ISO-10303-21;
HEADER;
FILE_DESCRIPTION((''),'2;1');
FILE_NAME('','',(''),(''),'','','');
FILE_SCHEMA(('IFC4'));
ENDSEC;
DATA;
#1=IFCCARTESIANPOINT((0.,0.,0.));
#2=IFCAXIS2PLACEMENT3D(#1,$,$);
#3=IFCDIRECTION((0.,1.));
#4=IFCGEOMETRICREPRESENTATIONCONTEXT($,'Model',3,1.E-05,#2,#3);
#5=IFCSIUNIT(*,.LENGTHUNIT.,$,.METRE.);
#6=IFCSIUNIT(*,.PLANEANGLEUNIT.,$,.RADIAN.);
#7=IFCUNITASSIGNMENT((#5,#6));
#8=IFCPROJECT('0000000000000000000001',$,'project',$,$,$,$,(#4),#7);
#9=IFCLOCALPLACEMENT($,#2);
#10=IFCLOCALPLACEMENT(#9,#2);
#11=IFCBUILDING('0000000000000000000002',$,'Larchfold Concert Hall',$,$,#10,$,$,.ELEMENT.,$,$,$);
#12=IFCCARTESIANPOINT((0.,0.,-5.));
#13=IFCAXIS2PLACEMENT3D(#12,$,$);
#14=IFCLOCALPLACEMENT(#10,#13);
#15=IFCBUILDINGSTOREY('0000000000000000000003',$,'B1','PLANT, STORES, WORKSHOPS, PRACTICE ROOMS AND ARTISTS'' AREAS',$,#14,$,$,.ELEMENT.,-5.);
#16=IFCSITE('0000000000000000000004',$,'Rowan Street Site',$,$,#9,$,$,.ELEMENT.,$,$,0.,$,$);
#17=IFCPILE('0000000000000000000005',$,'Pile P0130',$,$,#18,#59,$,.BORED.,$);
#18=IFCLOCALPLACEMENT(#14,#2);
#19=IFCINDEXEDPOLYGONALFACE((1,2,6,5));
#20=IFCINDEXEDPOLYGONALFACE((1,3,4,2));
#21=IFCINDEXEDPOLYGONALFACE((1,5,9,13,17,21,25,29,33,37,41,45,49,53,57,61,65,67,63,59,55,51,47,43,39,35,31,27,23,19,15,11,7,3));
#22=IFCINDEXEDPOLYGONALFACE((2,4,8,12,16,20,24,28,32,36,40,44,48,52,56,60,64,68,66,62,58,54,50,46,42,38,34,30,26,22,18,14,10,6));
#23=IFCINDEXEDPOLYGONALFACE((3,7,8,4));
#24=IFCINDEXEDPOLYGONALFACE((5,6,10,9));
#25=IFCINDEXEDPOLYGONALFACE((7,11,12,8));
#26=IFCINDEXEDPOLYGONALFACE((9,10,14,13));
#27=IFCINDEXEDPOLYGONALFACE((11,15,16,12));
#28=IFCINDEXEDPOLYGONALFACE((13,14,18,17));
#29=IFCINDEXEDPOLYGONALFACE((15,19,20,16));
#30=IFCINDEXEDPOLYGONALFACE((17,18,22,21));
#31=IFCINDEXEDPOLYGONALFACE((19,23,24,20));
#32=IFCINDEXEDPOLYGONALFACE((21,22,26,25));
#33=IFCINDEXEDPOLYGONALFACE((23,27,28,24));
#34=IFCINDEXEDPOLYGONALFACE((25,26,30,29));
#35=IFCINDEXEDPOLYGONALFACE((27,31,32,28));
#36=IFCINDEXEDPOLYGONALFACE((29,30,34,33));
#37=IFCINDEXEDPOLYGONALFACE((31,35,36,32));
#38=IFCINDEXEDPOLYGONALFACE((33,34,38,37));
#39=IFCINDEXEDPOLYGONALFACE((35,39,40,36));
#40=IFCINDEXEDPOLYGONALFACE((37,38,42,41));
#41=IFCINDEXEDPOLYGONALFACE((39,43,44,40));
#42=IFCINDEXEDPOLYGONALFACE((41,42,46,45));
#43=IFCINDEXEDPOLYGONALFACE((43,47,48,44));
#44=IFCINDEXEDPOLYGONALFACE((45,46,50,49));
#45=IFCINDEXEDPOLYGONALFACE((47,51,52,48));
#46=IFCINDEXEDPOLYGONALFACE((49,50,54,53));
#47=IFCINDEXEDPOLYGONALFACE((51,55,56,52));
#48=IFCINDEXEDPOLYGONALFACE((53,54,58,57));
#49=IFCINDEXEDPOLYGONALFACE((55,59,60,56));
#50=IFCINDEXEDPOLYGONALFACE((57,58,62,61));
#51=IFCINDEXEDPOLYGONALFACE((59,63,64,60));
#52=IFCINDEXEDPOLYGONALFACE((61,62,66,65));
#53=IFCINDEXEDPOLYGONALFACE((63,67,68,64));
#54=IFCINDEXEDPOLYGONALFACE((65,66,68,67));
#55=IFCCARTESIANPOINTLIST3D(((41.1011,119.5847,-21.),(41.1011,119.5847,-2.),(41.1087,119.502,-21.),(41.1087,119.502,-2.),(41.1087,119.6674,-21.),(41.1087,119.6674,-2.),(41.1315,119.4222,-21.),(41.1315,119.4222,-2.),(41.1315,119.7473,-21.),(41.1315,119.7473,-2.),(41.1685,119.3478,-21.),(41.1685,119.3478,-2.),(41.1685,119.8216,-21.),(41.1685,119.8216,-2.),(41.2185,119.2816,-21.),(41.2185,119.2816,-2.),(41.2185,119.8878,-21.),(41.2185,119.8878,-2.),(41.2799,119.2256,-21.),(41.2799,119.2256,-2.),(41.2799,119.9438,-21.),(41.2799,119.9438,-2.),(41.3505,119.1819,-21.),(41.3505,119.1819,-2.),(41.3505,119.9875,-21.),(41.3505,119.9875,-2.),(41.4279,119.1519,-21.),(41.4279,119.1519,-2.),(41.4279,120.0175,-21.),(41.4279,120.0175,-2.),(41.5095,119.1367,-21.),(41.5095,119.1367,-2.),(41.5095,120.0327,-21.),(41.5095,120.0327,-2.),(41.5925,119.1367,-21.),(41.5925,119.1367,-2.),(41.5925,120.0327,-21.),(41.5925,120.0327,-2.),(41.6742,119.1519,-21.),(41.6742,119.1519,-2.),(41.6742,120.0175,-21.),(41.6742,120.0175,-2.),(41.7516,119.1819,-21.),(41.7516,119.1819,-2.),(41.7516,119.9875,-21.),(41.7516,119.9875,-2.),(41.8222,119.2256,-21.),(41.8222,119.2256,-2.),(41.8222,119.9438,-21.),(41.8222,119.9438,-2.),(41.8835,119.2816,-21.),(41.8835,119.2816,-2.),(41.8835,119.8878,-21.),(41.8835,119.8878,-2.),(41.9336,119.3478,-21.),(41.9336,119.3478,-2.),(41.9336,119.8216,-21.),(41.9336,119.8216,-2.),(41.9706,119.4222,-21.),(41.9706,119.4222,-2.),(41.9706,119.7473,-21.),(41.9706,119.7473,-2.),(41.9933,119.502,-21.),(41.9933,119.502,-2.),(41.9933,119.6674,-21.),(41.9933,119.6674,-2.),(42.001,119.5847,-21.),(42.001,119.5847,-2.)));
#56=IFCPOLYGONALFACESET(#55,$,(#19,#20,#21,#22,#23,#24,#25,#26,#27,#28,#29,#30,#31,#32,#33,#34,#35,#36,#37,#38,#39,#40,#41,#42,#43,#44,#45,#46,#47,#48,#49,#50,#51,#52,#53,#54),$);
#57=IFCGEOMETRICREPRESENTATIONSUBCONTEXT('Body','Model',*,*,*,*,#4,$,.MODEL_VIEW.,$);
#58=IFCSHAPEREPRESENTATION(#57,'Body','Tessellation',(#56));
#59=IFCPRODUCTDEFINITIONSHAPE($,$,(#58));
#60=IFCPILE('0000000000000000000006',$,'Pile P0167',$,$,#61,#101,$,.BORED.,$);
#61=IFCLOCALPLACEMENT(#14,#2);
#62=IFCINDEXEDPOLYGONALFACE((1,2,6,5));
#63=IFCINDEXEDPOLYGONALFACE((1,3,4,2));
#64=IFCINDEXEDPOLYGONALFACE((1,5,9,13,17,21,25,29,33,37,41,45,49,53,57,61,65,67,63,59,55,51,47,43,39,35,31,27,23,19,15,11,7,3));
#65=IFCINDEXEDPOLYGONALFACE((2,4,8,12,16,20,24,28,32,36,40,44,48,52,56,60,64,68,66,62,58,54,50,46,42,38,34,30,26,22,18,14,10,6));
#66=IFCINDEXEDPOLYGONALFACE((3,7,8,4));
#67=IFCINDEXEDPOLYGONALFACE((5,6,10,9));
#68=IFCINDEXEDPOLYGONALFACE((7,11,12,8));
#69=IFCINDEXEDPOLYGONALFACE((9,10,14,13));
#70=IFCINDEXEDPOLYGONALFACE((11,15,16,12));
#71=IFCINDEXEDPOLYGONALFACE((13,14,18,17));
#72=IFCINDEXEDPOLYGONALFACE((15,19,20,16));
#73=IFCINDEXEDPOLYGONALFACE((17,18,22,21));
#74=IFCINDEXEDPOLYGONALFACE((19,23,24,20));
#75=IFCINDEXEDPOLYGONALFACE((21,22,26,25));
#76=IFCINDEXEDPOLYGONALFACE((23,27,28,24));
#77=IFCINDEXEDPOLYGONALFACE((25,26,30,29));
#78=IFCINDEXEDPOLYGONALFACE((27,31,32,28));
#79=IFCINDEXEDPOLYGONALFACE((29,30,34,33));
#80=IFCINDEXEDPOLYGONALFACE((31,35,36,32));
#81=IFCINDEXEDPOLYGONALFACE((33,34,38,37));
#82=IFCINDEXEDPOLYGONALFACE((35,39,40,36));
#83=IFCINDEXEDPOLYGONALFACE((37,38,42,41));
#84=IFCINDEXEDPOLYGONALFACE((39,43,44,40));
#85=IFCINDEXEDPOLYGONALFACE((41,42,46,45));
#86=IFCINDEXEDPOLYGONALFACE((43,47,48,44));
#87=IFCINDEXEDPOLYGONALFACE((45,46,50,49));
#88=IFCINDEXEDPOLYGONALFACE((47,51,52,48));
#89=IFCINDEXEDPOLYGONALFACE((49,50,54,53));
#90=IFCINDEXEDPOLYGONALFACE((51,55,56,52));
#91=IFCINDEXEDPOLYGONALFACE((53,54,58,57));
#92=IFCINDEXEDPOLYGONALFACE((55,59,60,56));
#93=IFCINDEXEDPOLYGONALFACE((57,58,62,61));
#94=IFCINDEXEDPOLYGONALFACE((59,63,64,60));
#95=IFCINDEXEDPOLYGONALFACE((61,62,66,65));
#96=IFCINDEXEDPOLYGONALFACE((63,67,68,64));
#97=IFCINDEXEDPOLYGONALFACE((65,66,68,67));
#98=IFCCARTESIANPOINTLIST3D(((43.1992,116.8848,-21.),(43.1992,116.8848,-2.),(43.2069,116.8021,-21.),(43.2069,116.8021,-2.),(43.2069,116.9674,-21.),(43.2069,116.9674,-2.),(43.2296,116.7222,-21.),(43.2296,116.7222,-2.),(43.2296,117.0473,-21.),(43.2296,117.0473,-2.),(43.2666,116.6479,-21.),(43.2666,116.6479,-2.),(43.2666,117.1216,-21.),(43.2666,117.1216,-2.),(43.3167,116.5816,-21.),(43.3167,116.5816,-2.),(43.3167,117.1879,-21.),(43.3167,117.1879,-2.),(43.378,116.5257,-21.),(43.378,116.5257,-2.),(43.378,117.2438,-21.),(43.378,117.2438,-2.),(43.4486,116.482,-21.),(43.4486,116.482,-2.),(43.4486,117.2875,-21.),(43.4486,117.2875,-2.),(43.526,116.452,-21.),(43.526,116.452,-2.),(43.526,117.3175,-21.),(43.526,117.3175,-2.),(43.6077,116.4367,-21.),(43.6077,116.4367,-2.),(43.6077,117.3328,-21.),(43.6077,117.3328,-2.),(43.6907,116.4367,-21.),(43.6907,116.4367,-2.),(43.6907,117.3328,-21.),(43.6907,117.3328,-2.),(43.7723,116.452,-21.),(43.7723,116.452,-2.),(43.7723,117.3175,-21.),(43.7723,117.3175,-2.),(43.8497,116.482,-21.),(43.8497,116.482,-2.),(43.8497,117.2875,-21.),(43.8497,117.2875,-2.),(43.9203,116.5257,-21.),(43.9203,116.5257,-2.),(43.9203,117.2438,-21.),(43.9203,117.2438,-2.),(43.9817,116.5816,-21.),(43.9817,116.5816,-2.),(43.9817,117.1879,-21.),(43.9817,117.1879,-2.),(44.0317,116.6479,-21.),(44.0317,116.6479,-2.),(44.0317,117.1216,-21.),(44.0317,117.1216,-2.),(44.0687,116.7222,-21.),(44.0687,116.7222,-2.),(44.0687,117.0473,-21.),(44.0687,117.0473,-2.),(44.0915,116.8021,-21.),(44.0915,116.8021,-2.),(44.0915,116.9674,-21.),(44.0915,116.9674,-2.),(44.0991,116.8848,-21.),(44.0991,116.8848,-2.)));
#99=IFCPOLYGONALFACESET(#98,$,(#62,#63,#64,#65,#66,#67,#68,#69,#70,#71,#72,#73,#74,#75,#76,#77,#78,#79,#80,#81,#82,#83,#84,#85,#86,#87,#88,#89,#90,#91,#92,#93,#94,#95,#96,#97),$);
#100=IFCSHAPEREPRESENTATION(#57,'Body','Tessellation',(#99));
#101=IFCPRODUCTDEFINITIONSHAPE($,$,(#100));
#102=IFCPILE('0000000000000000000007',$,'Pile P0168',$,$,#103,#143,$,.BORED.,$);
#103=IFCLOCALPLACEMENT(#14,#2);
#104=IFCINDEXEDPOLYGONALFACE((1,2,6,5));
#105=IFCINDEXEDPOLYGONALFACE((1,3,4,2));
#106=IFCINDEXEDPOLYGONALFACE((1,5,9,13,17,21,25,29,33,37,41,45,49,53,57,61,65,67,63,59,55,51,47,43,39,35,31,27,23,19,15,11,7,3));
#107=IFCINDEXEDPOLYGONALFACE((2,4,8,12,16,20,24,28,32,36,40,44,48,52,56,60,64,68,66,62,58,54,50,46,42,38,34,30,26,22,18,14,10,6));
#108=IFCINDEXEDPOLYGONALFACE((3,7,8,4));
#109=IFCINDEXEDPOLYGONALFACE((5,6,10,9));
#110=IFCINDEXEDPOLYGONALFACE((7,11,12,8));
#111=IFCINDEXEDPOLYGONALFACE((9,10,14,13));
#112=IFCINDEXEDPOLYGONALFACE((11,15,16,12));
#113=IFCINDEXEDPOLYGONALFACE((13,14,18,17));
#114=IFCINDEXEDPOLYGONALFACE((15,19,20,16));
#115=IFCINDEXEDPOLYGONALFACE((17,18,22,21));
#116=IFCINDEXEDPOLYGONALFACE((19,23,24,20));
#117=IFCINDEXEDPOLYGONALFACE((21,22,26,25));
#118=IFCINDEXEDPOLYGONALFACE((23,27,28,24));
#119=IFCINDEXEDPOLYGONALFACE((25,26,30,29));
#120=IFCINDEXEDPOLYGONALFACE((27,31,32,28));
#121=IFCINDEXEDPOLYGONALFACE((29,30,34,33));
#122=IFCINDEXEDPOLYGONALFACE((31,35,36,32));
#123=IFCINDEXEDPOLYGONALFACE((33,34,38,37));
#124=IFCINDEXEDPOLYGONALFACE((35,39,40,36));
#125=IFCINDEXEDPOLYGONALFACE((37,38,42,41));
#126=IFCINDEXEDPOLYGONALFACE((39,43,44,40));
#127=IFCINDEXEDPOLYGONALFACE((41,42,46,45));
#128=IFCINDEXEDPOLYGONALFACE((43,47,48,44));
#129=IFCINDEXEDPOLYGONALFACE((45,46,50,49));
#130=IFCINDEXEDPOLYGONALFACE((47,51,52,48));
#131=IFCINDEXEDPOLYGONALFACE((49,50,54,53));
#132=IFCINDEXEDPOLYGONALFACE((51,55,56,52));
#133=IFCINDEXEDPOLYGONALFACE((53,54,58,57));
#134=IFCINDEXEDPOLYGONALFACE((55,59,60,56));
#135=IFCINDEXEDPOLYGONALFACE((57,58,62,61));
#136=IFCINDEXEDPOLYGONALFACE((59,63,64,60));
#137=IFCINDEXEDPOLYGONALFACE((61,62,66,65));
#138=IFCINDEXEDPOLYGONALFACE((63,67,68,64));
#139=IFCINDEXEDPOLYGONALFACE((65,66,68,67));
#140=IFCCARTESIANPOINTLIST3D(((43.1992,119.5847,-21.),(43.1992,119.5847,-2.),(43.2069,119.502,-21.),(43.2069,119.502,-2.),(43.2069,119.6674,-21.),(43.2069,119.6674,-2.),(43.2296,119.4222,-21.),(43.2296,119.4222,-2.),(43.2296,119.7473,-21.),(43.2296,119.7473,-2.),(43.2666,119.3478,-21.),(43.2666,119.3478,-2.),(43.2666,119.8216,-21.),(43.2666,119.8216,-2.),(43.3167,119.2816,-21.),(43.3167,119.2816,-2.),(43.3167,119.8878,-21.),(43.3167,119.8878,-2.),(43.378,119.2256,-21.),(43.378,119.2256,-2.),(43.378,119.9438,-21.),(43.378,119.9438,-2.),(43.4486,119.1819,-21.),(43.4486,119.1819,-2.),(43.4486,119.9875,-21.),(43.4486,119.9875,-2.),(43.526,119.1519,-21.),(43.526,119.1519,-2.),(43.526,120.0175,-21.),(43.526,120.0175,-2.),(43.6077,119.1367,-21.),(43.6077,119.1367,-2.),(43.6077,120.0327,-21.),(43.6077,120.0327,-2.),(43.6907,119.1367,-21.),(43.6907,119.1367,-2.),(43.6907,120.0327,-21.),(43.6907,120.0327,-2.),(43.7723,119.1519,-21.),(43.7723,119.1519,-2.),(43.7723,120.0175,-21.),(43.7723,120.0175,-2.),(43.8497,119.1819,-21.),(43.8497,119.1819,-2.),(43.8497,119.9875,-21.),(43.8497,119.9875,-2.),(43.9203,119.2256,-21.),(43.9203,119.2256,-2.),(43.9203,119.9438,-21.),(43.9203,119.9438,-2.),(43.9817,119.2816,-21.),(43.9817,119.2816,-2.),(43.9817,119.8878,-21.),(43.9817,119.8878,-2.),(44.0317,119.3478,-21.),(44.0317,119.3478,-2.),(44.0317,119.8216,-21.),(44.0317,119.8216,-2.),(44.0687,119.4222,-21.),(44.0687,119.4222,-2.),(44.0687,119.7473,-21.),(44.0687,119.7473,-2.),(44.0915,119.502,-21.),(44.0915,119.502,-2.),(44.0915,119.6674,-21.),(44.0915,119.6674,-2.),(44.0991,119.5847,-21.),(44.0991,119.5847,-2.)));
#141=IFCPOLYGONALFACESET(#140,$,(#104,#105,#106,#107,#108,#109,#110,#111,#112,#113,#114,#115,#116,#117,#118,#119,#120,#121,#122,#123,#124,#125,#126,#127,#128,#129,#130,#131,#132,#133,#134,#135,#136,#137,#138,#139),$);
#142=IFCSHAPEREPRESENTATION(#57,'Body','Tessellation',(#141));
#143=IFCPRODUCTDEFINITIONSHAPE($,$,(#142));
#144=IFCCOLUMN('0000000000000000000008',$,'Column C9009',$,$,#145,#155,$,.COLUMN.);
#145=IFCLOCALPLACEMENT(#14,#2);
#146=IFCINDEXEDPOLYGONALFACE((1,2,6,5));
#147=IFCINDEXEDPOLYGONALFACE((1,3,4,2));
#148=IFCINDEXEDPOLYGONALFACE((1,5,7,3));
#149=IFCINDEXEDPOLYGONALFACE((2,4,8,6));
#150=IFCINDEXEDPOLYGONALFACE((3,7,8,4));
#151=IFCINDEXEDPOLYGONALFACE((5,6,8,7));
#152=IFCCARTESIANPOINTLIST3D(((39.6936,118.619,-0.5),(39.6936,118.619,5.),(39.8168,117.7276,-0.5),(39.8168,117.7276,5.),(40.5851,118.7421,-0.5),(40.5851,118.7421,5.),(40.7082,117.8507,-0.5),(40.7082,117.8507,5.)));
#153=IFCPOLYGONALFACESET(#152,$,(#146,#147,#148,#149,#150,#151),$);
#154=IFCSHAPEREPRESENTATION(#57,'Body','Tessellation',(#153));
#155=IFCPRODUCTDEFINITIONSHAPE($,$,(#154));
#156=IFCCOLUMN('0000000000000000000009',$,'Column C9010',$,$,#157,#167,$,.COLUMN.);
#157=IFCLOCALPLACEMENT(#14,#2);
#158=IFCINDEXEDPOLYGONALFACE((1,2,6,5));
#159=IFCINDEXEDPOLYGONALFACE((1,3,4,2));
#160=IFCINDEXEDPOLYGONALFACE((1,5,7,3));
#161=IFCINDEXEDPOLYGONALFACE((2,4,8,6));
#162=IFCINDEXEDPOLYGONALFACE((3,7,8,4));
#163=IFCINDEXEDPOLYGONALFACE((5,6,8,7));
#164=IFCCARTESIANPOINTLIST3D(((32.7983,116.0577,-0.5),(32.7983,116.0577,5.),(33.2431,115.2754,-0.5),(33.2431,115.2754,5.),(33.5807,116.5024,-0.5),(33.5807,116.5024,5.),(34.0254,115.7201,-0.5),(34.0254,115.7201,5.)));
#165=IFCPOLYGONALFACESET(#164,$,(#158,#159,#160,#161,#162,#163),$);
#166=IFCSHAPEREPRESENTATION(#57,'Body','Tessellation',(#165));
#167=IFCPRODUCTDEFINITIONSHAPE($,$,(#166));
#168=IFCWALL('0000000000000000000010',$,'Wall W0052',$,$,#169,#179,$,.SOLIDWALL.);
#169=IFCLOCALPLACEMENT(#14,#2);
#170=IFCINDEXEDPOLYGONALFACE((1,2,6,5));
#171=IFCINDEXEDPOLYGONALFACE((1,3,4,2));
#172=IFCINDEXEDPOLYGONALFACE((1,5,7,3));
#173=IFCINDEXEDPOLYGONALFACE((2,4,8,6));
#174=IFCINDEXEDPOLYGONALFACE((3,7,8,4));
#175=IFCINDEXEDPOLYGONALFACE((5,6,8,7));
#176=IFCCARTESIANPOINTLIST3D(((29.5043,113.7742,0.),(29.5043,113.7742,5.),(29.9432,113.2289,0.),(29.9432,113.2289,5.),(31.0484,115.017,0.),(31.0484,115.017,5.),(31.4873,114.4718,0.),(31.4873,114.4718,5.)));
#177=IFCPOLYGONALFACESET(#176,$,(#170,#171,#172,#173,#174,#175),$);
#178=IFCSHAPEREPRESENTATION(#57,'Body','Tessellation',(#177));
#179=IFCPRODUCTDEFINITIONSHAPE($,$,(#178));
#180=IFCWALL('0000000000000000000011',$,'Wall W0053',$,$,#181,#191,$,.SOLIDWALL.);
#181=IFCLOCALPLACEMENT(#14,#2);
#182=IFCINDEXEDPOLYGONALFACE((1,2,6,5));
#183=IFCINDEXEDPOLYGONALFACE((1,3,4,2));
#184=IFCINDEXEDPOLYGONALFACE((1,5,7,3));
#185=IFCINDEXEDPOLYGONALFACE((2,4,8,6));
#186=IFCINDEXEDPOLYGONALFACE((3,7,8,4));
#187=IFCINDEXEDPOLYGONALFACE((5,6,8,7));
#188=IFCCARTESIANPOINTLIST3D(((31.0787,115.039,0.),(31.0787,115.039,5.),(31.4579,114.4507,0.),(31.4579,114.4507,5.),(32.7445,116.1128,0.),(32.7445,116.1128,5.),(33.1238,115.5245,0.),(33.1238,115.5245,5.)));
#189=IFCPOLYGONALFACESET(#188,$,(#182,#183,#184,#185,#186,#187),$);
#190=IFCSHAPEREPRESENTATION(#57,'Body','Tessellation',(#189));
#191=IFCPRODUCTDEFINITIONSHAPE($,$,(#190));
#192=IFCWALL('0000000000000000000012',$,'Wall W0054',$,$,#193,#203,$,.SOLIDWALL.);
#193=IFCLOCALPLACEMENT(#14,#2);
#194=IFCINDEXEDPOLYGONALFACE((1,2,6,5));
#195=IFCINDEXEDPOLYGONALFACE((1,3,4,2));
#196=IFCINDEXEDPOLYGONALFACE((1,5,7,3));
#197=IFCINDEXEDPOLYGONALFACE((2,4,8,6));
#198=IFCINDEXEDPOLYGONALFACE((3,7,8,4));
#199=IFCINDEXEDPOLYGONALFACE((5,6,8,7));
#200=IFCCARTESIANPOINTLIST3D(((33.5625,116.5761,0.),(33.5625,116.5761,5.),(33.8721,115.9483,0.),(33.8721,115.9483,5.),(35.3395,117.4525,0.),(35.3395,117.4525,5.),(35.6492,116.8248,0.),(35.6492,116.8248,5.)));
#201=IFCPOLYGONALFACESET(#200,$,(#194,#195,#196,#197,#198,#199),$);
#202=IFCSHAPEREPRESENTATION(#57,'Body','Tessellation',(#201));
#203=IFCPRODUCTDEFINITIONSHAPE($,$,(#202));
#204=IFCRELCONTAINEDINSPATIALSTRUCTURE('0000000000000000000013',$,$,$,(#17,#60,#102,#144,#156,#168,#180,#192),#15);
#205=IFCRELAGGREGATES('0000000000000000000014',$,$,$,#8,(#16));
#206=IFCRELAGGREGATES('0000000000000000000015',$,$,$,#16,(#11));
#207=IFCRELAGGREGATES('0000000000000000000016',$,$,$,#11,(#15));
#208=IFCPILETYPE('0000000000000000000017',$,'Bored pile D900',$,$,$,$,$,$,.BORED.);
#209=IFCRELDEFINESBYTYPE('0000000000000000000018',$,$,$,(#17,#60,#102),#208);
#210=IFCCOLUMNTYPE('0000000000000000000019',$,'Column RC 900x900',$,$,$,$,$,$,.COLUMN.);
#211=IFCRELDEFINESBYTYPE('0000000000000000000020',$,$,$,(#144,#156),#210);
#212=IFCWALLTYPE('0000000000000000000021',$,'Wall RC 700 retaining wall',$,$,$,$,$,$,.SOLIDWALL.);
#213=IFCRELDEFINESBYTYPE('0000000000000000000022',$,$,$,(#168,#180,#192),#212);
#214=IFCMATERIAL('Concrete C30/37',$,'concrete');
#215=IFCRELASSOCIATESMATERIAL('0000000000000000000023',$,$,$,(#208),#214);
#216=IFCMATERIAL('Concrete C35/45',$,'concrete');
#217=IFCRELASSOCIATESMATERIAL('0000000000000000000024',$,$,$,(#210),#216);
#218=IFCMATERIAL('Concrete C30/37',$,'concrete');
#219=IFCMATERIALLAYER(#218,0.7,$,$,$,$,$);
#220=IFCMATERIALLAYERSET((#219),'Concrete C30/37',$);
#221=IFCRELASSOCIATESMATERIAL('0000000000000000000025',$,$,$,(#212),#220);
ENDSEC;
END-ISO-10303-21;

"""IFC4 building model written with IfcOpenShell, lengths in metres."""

from ifc_helpers import new_model, si_unit, direction, frame, frame_2d, origin, origin_2d, place, context, subcontext, project, spatial, rectangle, circle, extrude, material, layer, layer_set, material_profile, profile_set, type_object, element, save


model = new_model("IFC4")

# Units and contexts
model_context = context("Model", 3, precision=1e-05, world=origin(), true_north=direction((0.0, 1.0)))
body_context = subcontext(model_context, "Body", "Model", "MODEL_VIEW")
ifc_project = project(units=[si_unit("LENGTHUNIT", "METRE"), si_unit("PLANEANGLEUNIT", "RADIAN")], contexts=[model_context])

# Site, building, storey
site_placement = place(None, origin())
site = spatial("IfcSite", under=ifc_project, at=site_placement, Name="Rowan Street Site", CompositionType="ELEMENT", RefElevation=0.0)
building_placement = place(site_placement, origin())
building = spatial("IfcBuilding", under=site, at=building_placement, Name="Larchfold Concert Hall", CompositionType="ELEMENT")
storey_placement = place(building_placement, frame((0.0, 0.0, -5.0)))
storey = spatial("IfcBuildingStorey", under=building, at=storey_placement, Name="B1", Description="PLANT, STORES, WORKSHOPS, PRACTICE ROOMS AND ARTISTS' AREAS", CompositionType="ELEMENT", Elevation=-5.0)

# Piles
ifc_material_1 = material(Name="Concrete C30/37", Category="concrete")
ifc_material_profile_1 = material_profile(ifc_material_1, circle(Radius=0.45, at=origin_2d()))
ifc_profile_set_1 = profile_set([ifc_material_profile_1], Name="Concrete C30/37")
pile_type = type_object("IfcPileType", Name="Bored pile D900", PredefinedType="BORED", material=ifc_profile_set_1)
for number, where, z_axis, x_axis, name in (
    (1, (41.551, 119.5847, -2.0), (0.0, 0.0, -1.0), (1.0, 0.0, 0.0), "Pile P0130"),
    (2, (43.6492, 116.8848, -2.0), (0.0, 0.0, -1.0), (1.0, 0.0, 0.0), "Pile P0167"),
    (3, (43.6492, 119.5847, -2.0), (0.0, 0.0, -1.0), (1.0, 0.0, 0.0), "Pile P0168"),
):
    element("IfcPile", number, at=place(storey_placement, frame(where, z_axis=z_axis, x_axis=x_axis)), inside=storey, type_object=pile_type, Name=name, PredefinedType="BORED", context=body_context, shape_type="SweptSolid", body=[
        extrude(circle(Radius=0.45, at=origin_2d()), origin(), (0.0, 0.0, 1.0), 19.0),
    ])

# Columns
ifc_material_2 = material(Name="Concrete C35/45", Category="concrete")
ifc_material_profile_2 = material_profile(ifc_material_2, rectangle(XDim=0.8999, YDim=0.8999, at=origin_2d()))
ifc_profile_set_2 = profile_set([ifc_material_profile_2], Name="Concrete C35/45")
column_type = type_object("IfcColumnType", Name="Column RC 900x900", PredefinedType="COLUMN", material=ifc_profile_set_2)
for number, where, z_axis, x_axis, name in (
    (4, (40.2009, 118.2349, -0.5), (0.0, 0.0, 1.0), (0.990596, 0.13682, 0.0), "Column C9009"),
    (5, (33.4119, 115.8889, -0.5), (0.0, 0.0, 1.0), (0.86935, 0.494197, 0.0), "Column C9010"),
):
    element("IfcColumn", number, at=place(storey_placement, frame(where, z_axis=z_axis, x_axis=x_axis)), inside=storey, type_object=column_type, Name=name, PredefinedType="COLUMN", context=body_context, shape_type="SweptSolid", body=[
        extrude(rectangle(XDim=0.8999, YDim=0.8999, at=origin_2d()), origin(), (0.0, 0.0, 1.0), 5.5),
    ])

# Walls
ifc_material_3 = material(Name="Concrete C30/37", Category="concrete")
ifc_layer = layer(ifc_material_3, 0.7)
ifc_layer_set = layer_set([ifc_layer], Name="Concrete C30/37")
wall_type = type_object("IfcWallType", Name="Wall RC 700 retaining wall", PredefinedType="SOLIDWALL", material=ifc_layer_set)
wall_1_placement = place(storey_placement, frame((29.7236, 113.5015, 0.0), z_axis=(0.0, 0.0, 1.0), x_axis=(0.779003, 0.62702, 0.0)))
element("IfcWall", 6, at=wall_1_placement, inside=storey, type_object=wall_type, Name="Wall W0052", PredefinedType="SOLIDWALL", context=body_context, shape_type="SweptSolid", body=[
    extrude(rectangle(XDim=1.9822, YDim=0.7, at=frame_2d((0.9912, 0.0))), origin(), (0.0, 0.0, 1.0), 5.0),
])
wall_2_placement = place(storey_placement, frame((31.2683, 114.7449, 0.0), z_axis=(0.0, 0.0, 1.0), x_axis=(0.840517, 0.541785, 0.0)))
element("IfcWall", 7, at=wall_2_placement, inside=storey, type_object=wall_type, Name="Wall W0053", PredefinedType="SOLIDWALL", context=body_context, shape_type="SweptSolid", body=[
    extrude(rectangle(XDim=1.9819, YDim=0.7, at=frame_2d((0.991, 0.0))), origin(), (0.0, 0.0, 1.0), 5.0),
])
wall_3_placement = place(storey_placement, frame((33.7173, 116.2622, 0.0), z_axis=(0.0, 0.0, 1.0), x_axis=(0.896853, 0.442328, 0.0)))
element("IfcWall", 8, at=wall_3_placement, inside=storey, type_object=wall_type, Name="Wall W0054", PredefinedType="SOLIDWALL", context=body_context, shape_type="SweptSolid", body=[
    extrude(rectangle(XDim=1.9814, YDim=0.7, at=frame_2d((0.9907, 0.0))), origin(), (0.0, 0.0, 1.0), 5.0),
])

save(model, "model.ifc")
